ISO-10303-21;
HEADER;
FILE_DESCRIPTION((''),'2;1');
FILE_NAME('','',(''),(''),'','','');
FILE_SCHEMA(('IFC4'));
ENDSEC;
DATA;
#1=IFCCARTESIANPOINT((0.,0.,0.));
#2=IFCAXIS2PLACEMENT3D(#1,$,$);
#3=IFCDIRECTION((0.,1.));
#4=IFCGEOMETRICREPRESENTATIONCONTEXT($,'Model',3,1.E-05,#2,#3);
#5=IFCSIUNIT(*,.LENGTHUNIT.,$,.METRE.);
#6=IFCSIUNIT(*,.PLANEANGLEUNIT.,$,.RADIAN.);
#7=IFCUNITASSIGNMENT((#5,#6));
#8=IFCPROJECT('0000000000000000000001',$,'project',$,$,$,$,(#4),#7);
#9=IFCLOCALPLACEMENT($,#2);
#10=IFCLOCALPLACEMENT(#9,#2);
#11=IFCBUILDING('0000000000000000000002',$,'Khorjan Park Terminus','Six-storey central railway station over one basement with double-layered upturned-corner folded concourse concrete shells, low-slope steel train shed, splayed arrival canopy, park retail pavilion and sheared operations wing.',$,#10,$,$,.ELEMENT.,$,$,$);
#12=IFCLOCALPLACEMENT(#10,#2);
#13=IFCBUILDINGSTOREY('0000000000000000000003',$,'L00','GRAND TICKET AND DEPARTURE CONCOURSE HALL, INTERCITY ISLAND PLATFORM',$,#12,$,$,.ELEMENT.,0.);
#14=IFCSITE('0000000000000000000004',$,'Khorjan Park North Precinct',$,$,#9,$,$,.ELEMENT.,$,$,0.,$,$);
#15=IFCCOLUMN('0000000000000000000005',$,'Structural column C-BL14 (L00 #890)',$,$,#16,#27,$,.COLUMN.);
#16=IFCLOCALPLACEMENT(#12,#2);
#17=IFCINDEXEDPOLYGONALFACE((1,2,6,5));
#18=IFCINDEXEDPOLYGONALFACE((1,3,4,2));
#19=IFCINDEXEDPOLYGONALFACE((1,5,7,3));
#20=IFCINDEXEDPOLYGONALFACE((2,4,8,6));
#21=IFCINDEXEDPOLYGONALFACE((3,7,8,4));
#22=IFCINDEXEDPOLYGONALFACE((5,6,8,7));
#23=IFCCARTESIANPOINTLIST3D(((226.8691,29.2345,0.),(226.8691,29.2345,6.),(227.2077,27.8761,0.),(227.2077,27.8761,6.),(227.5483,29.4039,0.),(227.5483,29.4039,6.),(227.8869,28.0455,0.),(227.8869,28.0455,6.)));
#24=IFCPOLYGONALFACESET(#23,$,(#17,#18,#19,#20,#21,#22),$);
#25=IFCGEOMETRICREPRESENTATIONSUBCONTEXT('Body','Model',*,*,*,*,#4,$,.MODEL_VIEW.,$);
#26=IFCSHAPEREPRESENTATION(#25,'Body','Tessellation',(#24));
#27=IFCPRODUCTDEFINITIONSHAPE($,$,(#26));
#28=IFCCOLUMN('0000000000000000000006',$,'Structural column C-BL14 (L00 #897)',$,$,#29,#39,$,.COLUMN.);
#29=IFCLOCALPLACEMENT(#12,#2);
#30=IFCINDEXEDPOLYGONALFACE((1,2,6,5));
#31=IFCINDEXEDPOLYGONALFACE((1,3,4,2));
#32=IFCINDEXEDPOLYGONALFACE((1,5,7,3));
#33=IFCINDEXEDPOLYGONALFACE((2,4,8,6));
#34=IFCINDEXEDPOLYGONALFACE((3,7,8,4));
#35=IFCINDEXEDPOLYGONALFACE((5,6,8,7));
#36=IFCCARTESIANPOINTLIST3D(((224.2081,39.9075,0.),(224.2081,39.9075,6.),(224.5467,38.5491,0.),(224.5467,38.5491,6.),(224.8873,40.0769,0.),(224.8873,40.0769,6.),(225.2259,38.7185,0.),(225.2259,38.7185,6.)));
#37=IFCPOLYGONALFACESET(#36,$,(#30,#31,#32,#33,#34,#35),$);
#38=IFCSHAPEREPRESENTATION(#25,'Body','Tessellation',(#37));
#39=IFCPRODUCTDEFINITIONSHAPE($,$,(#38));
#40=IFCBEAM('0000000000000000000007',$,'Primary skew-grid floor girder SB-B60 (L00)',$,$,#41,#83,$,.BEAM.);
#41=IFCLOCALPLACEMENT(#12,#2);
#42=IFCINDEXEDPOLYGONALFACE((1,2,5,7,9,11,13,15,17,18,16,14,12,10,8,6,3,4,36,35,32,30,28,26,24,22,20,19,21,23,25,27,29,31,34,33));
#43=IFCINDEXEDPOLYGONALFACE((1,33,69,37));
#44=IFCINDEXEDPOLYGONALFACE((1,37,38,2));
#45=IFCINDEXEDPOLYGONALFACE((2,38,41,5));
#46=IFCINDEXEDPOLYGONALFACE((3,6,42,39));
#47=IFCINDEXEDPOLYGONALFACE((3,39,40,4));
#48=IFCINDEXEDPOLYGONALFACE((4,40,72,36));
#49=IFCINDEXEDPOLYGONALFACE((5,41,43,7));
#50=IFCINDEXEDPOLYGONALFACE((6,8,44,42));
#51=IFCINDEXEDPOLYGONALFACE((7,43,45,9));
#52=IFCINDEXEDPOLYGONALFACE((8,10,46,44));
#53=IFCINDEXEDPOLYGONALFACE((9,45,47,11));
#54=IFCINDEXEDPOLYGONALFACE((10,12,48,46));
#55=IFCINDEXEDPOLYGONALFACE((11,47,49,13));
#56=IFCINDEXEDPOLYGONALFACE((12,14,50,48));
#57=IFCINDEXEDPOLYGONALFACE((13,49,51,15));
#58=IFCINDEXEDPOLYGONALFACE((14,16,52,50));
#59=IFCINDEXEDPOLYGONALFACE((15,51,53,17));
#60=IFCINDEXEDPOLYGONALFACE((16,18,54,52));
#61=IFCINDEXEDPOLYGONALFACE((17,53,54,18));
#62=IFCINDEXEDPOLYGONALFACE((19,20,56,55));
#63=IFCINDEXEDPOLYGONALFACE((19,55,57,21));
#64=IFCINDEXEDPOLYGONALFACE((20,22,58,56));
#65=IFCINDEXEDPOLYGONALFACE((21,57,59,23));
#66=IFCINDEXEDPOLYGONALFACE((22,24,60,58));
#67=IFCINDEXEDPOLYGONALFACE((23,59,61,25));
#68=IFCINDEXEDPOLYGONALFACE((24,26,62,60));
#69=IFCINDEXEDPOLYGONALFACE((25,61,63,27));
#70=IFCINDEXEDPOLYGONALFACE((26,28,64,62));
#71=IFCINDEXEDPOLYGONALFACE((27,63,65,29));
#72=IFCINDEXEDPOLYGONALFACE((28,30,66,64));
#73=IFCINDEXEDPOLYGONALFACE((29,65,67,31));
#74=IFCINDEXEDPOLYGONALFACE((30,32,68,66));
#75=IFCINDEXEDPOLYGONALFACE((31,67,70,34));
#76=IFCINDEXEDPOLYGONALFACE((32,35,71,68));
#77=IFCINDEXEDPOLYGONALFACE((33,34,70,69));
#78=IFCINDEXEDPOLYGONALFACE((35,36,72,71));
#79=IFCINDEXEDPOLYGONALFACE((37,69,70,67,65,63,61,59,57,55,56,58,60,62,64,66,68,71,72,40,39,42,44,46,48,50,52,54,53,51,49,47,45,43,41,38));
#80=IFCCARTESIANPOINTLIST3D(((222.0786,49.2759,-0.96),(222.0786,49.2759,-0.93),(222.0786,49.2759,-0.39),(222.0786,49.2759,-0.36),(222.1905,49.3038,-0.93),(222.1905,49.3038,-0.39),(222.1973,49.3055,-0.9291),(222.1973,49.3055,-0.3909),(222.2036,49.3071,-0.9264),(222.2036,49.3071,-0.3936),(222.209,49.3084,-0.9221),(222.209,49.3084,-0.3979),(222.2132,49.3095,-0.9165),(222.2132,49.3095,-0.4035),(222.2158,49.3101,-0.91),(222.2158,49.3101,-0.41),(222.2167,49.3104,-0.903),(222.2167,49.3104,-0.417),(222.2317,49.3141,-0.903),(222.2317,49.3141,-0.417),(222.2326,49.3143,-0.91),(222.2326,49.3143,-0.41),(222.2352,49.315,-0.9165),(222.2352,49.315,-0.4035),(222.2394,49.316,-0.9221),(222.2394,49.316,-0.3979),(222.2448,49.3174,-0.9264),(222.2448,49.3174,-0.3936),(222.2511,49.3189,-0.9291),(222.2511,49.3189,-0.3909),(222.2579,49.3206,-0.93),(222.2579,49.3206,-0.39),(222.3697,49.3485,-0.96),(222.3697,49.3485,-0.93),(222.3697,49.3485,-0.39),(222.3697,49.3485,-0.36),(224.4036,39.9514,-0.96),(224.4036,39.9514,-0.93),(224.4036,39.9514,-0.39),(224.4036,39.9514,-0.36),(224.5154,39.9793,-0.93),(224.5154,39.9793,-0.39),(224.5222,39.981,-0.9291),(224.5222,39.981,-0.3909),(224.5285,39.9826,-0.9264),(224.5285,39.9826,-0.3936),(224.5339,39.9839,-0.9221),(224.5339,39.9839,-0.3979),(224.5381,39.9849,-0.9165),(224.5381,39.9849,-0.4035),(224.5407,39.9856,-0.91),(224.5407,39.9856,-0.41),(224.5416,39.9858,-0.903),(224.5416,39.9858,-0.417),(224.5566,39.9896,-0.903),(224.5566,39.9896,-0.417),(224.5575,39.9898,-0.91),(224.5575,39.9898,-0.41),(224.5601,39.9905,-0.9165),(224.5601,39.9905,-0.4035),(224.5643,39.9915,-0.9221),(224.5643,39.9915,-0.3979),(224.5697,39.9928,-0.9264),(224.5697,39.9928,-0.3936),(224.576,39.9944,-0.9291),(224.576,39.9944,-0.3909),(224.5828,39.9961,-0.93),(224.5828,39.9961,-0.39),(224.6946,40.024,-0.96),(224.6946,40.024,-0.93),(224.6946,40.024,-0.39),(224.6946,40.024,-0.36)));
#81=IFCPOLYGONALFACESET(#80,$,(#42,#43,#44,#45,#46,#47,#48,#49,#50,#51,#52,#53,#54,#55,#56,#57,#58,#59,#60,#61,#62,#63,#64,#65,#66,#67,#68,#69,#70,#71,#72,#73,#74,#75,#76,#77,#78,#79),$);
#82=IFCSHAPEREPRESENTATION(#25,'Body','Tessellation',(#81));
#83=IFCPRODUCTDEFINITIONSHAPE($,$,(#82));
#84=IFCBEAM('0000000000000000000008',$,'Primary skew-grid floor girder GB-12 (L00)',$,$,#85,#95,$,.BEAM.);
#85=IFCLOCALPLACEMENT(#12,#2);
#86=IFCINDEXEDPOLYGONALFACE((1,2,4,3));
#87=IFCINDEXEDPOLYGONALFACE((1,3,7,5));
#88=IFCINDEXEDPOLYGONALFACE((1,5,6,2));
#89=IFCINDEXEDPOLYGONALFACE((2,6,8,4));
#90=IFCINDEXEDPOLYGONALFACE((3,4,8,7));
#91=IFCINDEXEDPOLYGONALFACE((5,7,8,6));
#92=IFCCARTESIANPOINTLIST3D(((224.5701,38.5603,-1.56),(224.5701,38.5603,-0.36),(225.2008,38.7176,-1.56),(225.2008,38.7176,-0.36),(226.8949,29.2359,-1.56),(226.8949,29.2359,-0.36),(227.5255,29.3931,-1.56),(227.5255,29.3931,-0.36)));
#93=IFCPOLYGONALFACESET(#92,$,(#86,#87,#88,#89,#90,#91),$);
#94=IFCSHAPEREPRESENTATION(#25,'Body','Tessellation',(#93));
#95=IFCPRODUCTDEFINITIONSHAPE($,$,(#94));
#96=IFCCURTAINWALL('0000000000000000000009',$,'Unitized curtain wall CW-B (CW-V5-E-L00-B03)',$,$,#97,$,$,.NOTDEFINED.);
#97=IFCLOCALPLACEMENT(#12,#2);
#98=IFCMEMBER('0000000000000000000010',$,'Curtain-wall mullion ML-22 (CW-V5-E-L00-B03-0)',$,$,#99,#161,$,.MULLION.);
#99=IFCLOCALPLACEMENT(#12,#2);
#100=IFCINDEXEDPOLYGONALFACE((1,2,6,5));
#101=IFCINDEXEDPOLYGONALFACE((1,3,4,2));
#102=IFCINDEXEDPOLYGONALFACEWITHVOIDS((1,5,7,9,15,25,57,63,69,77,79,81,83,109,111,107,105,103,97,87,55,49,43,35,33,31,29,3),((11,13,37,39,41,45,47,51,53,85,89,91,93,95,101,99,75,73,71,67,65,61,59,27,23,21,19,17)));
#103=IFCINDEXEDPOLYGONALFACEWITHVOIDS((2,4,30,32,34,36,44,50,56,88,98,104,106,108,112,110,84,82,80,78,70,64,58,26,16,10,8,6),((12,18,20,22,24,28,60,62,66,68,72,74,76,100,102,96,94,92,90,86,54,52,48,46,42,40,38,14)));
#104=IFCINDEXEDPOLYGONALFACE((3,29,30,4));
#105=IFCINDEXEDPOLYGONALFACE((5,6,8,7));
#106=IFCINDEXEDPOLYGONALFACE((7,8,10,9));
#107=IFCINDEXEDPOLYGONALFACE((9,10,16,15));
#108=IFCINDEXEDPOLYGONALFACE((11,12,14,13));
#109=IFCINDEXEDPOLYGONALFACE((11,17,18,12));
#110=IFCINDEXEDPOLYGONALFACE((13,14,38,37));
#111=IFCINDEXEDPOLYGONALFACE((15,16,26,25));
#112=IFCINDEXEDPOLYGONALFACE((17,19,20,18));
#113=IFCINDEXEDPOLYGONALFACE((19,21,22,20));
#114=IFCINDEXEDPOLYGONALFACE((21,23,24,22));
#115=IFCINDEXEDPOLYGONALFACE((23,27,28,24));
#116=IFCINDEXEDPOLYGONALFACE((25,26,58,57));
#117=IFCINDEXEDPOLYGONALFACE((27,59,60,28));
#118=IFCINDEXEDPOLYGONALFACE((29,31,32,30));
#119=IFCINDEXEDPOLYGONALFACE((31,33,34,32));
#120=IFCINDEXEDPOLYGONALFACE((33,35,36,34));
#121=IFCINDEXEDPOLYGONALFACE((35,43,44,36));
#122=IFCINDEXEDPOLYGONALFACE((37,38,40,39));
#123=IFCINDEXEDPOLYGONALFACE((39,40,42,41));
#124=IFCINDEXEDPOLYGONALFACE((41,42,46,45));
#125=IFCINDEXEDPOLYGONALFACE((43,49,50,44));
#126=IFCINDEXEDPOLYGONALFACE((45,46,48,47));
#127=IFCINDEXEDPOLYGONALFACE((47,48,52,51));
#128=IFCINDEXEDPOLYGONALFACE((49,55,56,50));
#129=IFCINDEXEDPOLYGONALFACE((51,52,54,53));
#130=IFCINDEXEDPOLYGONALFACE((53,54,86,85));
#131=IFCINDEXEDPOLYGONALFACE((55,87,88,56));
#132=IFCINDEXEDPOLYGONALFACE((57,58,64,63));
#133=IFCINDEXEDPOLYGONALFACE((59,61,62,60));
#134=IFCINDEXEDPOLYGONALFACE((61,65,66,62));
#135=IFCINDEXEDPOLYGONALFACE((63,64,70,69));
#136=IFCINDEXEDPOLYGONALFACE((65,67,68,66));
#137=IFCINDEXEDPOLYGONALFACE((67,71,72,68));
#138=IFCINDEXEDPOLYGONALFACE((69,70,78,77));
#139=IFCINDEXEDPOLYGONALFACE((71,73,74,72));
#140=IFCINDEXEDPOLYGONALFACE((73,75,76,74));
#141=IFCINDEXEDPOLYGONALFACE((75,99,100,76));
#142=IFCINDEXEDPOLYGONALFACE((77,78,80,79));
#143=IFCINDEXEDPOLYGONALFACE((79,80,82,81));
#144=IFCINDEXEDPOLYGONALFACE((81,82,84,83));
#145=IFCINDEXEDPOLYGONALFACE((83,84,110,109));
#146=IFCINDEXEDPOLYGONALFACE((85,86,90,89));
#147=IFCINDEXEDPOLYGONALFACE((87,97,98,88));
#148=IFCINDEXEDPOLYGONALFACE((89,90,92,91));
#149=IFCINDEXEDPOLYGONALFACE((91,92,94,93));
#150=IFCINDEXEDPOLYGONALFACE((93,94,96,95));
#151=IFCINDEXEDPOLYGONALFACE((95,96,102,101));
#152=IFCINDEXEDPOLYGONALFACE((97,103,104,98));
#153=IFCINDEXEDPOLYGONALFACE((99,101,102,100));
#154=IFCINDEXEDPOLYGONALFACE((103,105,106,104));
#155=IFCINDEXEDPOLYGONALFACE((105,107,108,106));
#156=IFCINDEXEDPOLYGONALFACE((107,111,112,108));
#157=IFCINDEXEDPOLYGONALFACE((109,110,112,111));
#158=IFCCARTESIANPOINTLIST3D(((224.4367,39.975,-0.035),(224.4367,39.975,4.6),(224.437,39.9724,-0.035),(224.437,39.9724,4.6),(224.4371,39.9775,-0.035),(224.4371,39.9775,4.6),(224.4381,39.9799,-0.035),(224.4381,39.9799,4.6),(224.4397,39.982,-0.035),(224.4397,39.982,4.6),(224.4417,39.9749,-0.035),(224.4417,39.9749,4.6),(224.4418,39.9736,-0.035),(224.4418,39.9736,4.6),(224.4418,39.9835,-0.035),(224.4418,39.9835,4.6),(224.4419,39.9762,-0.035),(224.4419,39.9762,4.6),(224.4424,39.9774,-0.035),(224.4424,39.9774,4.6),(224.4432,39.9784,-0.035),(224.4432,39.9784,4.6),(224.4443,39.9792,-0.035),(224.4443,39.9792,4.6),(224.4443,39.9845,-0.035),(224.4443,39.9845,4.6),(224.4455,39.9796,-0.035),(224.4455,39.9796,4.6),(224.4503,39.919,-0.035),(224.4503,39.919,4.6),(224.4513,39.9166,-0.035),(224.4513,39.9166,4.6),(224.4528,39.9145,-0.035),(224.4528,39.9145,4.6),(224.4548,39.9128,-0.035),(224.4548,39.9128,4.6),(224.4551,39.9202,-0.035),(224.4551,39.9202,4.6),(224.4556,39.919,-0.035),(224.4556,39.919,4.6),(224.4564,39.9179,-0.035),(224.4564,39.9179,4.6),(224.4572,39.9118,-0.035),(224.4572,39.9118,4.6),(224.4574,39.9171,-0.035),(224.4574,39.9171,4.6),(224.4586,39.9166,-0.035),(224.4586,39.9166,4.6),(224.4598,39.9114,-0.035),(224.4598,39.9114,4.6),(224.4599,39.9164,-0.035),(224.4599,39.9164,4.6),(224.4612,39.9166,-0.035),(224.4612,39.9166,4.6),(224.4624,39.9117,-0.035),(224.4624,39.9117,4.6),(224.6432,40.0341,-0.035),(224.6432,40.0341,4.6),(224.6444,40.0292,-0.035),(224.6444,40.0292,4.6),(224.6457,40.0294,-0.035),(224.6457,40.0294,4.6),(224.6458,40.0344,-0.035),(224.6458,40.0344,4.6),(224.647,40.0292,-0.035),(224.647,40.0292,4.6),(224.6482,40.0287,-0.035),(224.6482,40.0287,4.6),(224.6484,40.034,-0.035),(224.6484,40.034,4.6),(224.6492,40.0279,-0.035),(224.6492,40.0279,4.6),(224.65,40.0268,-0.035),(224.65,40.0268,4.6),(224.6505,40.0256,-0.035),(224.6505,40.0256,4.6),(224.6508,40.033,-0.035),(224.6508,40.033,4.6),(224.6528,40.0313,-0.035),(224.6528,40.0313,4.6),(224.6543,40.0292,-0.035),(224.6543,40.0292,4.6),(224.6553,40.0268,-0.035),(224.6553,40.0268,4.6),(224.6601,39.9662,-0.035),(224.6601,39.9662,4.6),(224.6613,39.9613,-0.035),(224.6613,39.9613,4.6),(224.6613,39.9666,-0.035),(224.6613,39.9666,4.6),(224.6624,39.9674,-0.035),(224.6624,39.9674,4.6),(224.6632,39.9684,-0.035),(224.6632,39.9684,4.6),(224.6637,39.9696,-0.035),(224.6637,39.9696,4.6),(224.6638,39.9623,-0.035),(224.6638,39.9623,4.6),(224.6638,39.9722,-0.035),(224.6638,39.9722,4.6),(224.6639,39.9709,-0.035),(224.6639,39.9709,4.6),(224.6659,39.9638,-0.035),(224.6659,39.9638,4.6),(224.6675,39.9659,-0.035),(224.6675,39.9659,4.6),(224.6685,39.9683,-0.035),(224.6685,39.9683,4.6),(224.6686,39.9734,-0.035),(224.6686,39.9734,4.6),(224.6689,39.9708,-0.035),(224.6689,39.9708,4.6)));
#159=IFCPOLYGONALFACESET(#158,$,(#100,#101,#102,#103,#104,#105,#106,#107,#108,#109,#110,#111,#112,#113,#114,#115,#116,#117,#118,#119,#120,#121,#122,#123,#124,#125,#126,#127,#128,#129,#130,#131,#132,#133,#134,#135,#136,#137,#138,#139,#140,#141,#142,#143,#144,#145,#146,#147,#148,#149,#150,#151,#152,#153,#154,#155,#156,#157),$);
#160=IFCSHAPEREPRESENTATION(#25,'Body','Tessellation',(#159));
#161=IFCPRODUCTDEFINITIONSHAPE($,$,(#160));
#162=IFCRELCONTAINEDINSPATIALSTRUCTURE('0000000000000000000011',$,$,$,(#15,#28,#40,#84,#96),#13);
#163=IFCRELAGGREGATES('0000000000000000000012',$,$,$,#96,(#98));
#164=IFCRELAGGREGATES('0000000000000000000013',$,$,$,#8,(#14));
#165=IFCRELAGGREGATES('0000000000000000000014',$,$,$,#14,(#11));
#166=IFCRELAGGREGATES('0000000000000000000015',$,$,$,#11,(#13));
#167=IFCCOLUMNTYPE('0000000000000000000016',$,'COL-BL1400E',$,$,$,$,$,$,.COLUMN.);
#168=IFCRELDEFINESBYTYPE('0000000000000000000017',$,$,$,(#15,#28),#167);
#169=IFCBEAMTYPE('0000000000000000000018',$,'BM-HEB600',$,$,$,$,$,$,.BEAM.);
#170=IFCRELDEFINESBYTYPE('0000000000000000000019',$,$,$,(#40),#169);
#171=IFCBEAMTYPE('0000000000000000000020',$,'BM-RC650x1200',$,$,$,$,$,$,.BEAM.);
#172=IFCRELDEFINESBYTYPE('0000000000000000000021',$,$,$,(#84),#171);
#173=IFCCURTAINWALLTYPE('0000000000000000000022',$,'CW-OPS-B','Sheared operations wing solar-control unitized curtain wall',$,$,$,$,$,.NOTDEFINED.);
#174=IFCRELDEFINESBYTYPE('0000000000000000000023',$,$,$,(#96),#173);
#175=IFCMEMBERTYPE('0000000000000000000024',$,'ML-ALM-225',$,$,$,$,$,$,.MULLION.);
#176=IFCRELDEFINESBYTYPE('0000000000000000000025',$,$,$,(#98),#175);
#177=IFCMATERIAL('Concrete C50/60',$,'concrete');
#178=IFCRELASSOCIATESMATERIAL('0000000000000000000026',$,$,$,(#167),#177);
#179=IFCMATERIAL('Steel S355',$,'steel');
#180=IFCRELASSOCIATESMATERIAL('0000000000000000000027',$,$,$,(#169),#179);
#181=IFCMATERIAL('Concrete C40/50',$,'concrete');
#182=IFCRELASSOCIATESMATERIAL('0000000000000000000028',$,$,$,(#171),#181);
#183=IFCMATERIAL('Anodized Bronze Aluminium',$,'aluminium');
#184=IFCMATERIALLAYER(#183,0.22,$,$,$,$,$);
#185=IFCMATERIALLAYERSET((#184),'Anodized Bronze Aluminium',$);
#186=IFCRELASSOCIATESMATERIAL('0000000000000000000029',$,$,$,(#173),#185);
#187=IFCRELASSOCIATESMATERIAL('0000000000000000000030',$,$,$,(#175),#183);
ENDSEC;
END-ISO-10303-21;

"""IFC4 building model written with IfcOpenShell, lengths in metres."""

from ifc_helpers import new_model, si_unit, direction, frame, origin, origin_2d, place, context, subcontext, project, spatial, rectangle, hollow_rectangle, i_section, extrude, material, layer, layer_set, material_profile, profile_set, type_object, element, aggregate, save


model = new_model("IFC4")

# Units and contexts
model_context = context("Model", 3, precision=1e-05, world=origin(), true_north=direction((0.0, 1.0)))
body_context = subcontext(model_context, "Body", "Model", "MODEL_VIEW")
ifc_project = project(units=[si_unit("LENGTHUNIT", "METRE"), si_unit("PLANEANGLEUNIT", "RADIAN")], contexts=[model_context])

# Site, building, storey
site_placement = place(None, origin())
site = spatial("IfcSite", under=ifc_project, at=site_placement, Name="Khorjan Park North Precinct", CompositionType="ELEMENT", RefElevation=0.0)
building_placement = place(site_placement, origin())
building = spatial("IfcBuilding", under=site, at=building_placement, Name="Khorjan Park Terminus", Description="Six-storey central railway station over one basement with double-layered upturned-corner folded concourse concrete shells, low-slope steel train shed, splayed arrival canopy, park retail pavilion and sheared operations wing.", CompositionType="ELEMENT")
storey_placement = place(building_placement, origin())
storey = spatial("IfcBuildingStorey", under=building, at=storey_placement, Name="L00", Description="GRAND TICKET AND DEPARTURE CONCOURSE HALL, INTERCITY ISLAND PLATFORM", CompositionType="ELEMENT", Elevation=0.0)

# Columns
ifc_material_1 = material(Name="Concrete C50/60", Category="concrete")
ifc_material_profile_1 = material_profile(ifc_material_1, rectangle(XDim=0.7, YDim=1.4, at=origin_2d()), Name="RC 700x1400")
ifc_profile_set_1 = profile_set([ifc_material_profile_1], Name="Concrete C50/60")
column_type = type_object("IfcColumnType", Name="COL-BL1400E", PredefinedType="COLUMN", material=ifc_profile_set_1)
for number, where, z_axis, x_axis, name in (
    (1, (227.378, 28.64, 0.0), (0.0, 0.0, 1.0), (0.970296, 0.241922, 0.0), "Structural column C-BL14 (L00 #890)"),
    (2, (224.717, 39.313, 0.0), (0.0, 0.0, 1.0), (0.970296, 0.241922, 0.0), "Structural column C-BL14 (L00 #897)"),
):
    element("IfcColumn", number, at=place(storey_placement, frame(where, z_axis=z_axis, x_axis=x_axis)), inside=storey, type_object=column_type, Name=name, PredefinedType="COLUMN", context=body_context, shape_type="SweptSolid", body=[
        extrude(rectangle(XDim=0.7, YDim=1.4, at=origin_2d()), origin(), (0.0, 0.0, 1.0), 6.0),
    ])

# Beams
ifc_material_2 = material(Name="Steel S355", Category="steel")
ifc_material_profile_2 = material_profile(ifc_material_2, i_section(OverallWidth=0.3, OverallDepth=0.6, WebThickness=0.0155, FlangeThickness=0.03, FilletRadius=0.027, at=origin_2d()), Name="HEB 600")
ifc_profile_set_2 = profile_set([ifc_material_profile_2], Name="Steel S355")
beam_type_1 = type_object("IfcBeamType", Name="BM-HEB600", PredefinedType="BEAM", material=ifc_profile_set_2)
beam_1_placement = place(storey_placement, frame((224.5491, 39.9877, -0.66), z_axis=(-0.241926, 0.970295, 0.0), x_axis=(-0.970295, -0.241926, 0.0)))
element("IfcBeam", 3, at=beam_1_placement, inside=storey, type_object=beam_type_1, Name="Primary skew-grid floor girder SB-B60 (L00)", PredefinedType="BEAM", context=body_context, shape_type="SweptSolid", body=[
    extrude(i_section(OverallWidth=0.3, OverallDepth=0.6, WebThickness=0.0155, FlangeThickness=0.03, FilletRadius=0.027, at=origin_2d()), origin(), (0.0, 0.0, 1.0), 9.61),
])
ifc_material_3 = material(Name="Concrete C40/50", Category="concrete")
ifc_material_profile_3 = material_profile(ifc_material_3, rectangle(XDim=0.65, YDim=1.2, at=origin_2d()), Name="RC 650x1200")
ifc_profile_set_3 = profile_set([ifc_material_profile_3], Name="Concrete C40/50")
beam_type_2 = type_object("IfcBeamType", Name="BM-RC650x1200", PredefinedType="BEAM", material=ifc_profile_set_3)
beam_2_placement = place(storey_placement, frame((227.2102, 29.3145, -0.96), z_axis=(-0.241916, 0.970297, 0.0), x_axis=(-0.970297, -0.241916, 0.0)))
element("IfcBeam", 4, at=beam_2_placement, inside=storey, type_object=beam_type_2, Name="Primary skew-grid floor girder GB-12 (L00)", PredefinedType="BEAM", context=body_context, shape_type="SweptSolid", body=[
    extrude(rectangle(XDim=0.65, YDim=1.2, at=origin_2d()), origin(), (0.0, 0.0, 1.0), 9.6099),
])

# Curtain wall, member
ifc_material_4 = material(Name="Anodized Bronze Aluminium", Category="aluminium")
ifc_layer_1 = layer(ifc_material_4, 0.22)
ifc_layer_set_1 = layer_set([ifc_layer_1], Name="Anodized Bronze Aluminium")
curtain_wall_type = type_object("IfcCurtainWallType", Name="CW-OPS-B", Description="Sheared operations wing solar-control unitized curtain wall", PredefinedType="NOTDEFINED", material=ifc_layer_set_1)
curtain_wall_placement = place(storey_placement, origin())
curtain_wall = element("IfcCurtainWall", 5, at=curtain_wall_placement, inside=storey, type_object=curtain_wall_type, Name="Unitized curtain wall CW-B (CW-V5-E-L00-B03)", PredefinedType="NOTDEFINED")
ifc_material_profile_4 = material_profile(ifc_material_4, hollow_rectangle(XDim=0.075, YDim=0.225, WallThickness=0.005, InnerFilletRadius=0.005, OuterFilletRadius=0.01, at=origin_2d()), Name="ALM 75x225x5")
ifc_profile_set_4 = profile_set([ifc_material_profile_4], Name="Anodized Bronze Aluminium")
member_type_1 = type_object("IfcMemberType", Name="ML-ALM-225", PredefinedType="MULLION", material=ifc_profile_set_4)
member_1_placement = place(storey_placement, frame((224.5528, 39.9729, -0.035), z_axis=(0.0, 0.0, 1.0), x_axis=(-0.241923, 0.970295, 0.0)))
member_1 = element("IfcMember", 6, at=member_1_placement, type_object=member_type_1, Name="Curtain-wall mullion ML-22 (CW-V5-E-L00-B03-0)", PredefinedType="MULLION", context=body_context, shape_type="SweptSolid", body=[
    extrude(hollow_rectangle(XDim=0.075, YDim=0.225, WallThickness=0.005, InnerFilletRadius=0.005, OuterFilletRadius=0.01, at=origin_2d()), origin(), (0.0, 0.0, 1.0), 4.635),
])
aggregate(curtain_wall, [member_1])

save(model, "model.ifc")
